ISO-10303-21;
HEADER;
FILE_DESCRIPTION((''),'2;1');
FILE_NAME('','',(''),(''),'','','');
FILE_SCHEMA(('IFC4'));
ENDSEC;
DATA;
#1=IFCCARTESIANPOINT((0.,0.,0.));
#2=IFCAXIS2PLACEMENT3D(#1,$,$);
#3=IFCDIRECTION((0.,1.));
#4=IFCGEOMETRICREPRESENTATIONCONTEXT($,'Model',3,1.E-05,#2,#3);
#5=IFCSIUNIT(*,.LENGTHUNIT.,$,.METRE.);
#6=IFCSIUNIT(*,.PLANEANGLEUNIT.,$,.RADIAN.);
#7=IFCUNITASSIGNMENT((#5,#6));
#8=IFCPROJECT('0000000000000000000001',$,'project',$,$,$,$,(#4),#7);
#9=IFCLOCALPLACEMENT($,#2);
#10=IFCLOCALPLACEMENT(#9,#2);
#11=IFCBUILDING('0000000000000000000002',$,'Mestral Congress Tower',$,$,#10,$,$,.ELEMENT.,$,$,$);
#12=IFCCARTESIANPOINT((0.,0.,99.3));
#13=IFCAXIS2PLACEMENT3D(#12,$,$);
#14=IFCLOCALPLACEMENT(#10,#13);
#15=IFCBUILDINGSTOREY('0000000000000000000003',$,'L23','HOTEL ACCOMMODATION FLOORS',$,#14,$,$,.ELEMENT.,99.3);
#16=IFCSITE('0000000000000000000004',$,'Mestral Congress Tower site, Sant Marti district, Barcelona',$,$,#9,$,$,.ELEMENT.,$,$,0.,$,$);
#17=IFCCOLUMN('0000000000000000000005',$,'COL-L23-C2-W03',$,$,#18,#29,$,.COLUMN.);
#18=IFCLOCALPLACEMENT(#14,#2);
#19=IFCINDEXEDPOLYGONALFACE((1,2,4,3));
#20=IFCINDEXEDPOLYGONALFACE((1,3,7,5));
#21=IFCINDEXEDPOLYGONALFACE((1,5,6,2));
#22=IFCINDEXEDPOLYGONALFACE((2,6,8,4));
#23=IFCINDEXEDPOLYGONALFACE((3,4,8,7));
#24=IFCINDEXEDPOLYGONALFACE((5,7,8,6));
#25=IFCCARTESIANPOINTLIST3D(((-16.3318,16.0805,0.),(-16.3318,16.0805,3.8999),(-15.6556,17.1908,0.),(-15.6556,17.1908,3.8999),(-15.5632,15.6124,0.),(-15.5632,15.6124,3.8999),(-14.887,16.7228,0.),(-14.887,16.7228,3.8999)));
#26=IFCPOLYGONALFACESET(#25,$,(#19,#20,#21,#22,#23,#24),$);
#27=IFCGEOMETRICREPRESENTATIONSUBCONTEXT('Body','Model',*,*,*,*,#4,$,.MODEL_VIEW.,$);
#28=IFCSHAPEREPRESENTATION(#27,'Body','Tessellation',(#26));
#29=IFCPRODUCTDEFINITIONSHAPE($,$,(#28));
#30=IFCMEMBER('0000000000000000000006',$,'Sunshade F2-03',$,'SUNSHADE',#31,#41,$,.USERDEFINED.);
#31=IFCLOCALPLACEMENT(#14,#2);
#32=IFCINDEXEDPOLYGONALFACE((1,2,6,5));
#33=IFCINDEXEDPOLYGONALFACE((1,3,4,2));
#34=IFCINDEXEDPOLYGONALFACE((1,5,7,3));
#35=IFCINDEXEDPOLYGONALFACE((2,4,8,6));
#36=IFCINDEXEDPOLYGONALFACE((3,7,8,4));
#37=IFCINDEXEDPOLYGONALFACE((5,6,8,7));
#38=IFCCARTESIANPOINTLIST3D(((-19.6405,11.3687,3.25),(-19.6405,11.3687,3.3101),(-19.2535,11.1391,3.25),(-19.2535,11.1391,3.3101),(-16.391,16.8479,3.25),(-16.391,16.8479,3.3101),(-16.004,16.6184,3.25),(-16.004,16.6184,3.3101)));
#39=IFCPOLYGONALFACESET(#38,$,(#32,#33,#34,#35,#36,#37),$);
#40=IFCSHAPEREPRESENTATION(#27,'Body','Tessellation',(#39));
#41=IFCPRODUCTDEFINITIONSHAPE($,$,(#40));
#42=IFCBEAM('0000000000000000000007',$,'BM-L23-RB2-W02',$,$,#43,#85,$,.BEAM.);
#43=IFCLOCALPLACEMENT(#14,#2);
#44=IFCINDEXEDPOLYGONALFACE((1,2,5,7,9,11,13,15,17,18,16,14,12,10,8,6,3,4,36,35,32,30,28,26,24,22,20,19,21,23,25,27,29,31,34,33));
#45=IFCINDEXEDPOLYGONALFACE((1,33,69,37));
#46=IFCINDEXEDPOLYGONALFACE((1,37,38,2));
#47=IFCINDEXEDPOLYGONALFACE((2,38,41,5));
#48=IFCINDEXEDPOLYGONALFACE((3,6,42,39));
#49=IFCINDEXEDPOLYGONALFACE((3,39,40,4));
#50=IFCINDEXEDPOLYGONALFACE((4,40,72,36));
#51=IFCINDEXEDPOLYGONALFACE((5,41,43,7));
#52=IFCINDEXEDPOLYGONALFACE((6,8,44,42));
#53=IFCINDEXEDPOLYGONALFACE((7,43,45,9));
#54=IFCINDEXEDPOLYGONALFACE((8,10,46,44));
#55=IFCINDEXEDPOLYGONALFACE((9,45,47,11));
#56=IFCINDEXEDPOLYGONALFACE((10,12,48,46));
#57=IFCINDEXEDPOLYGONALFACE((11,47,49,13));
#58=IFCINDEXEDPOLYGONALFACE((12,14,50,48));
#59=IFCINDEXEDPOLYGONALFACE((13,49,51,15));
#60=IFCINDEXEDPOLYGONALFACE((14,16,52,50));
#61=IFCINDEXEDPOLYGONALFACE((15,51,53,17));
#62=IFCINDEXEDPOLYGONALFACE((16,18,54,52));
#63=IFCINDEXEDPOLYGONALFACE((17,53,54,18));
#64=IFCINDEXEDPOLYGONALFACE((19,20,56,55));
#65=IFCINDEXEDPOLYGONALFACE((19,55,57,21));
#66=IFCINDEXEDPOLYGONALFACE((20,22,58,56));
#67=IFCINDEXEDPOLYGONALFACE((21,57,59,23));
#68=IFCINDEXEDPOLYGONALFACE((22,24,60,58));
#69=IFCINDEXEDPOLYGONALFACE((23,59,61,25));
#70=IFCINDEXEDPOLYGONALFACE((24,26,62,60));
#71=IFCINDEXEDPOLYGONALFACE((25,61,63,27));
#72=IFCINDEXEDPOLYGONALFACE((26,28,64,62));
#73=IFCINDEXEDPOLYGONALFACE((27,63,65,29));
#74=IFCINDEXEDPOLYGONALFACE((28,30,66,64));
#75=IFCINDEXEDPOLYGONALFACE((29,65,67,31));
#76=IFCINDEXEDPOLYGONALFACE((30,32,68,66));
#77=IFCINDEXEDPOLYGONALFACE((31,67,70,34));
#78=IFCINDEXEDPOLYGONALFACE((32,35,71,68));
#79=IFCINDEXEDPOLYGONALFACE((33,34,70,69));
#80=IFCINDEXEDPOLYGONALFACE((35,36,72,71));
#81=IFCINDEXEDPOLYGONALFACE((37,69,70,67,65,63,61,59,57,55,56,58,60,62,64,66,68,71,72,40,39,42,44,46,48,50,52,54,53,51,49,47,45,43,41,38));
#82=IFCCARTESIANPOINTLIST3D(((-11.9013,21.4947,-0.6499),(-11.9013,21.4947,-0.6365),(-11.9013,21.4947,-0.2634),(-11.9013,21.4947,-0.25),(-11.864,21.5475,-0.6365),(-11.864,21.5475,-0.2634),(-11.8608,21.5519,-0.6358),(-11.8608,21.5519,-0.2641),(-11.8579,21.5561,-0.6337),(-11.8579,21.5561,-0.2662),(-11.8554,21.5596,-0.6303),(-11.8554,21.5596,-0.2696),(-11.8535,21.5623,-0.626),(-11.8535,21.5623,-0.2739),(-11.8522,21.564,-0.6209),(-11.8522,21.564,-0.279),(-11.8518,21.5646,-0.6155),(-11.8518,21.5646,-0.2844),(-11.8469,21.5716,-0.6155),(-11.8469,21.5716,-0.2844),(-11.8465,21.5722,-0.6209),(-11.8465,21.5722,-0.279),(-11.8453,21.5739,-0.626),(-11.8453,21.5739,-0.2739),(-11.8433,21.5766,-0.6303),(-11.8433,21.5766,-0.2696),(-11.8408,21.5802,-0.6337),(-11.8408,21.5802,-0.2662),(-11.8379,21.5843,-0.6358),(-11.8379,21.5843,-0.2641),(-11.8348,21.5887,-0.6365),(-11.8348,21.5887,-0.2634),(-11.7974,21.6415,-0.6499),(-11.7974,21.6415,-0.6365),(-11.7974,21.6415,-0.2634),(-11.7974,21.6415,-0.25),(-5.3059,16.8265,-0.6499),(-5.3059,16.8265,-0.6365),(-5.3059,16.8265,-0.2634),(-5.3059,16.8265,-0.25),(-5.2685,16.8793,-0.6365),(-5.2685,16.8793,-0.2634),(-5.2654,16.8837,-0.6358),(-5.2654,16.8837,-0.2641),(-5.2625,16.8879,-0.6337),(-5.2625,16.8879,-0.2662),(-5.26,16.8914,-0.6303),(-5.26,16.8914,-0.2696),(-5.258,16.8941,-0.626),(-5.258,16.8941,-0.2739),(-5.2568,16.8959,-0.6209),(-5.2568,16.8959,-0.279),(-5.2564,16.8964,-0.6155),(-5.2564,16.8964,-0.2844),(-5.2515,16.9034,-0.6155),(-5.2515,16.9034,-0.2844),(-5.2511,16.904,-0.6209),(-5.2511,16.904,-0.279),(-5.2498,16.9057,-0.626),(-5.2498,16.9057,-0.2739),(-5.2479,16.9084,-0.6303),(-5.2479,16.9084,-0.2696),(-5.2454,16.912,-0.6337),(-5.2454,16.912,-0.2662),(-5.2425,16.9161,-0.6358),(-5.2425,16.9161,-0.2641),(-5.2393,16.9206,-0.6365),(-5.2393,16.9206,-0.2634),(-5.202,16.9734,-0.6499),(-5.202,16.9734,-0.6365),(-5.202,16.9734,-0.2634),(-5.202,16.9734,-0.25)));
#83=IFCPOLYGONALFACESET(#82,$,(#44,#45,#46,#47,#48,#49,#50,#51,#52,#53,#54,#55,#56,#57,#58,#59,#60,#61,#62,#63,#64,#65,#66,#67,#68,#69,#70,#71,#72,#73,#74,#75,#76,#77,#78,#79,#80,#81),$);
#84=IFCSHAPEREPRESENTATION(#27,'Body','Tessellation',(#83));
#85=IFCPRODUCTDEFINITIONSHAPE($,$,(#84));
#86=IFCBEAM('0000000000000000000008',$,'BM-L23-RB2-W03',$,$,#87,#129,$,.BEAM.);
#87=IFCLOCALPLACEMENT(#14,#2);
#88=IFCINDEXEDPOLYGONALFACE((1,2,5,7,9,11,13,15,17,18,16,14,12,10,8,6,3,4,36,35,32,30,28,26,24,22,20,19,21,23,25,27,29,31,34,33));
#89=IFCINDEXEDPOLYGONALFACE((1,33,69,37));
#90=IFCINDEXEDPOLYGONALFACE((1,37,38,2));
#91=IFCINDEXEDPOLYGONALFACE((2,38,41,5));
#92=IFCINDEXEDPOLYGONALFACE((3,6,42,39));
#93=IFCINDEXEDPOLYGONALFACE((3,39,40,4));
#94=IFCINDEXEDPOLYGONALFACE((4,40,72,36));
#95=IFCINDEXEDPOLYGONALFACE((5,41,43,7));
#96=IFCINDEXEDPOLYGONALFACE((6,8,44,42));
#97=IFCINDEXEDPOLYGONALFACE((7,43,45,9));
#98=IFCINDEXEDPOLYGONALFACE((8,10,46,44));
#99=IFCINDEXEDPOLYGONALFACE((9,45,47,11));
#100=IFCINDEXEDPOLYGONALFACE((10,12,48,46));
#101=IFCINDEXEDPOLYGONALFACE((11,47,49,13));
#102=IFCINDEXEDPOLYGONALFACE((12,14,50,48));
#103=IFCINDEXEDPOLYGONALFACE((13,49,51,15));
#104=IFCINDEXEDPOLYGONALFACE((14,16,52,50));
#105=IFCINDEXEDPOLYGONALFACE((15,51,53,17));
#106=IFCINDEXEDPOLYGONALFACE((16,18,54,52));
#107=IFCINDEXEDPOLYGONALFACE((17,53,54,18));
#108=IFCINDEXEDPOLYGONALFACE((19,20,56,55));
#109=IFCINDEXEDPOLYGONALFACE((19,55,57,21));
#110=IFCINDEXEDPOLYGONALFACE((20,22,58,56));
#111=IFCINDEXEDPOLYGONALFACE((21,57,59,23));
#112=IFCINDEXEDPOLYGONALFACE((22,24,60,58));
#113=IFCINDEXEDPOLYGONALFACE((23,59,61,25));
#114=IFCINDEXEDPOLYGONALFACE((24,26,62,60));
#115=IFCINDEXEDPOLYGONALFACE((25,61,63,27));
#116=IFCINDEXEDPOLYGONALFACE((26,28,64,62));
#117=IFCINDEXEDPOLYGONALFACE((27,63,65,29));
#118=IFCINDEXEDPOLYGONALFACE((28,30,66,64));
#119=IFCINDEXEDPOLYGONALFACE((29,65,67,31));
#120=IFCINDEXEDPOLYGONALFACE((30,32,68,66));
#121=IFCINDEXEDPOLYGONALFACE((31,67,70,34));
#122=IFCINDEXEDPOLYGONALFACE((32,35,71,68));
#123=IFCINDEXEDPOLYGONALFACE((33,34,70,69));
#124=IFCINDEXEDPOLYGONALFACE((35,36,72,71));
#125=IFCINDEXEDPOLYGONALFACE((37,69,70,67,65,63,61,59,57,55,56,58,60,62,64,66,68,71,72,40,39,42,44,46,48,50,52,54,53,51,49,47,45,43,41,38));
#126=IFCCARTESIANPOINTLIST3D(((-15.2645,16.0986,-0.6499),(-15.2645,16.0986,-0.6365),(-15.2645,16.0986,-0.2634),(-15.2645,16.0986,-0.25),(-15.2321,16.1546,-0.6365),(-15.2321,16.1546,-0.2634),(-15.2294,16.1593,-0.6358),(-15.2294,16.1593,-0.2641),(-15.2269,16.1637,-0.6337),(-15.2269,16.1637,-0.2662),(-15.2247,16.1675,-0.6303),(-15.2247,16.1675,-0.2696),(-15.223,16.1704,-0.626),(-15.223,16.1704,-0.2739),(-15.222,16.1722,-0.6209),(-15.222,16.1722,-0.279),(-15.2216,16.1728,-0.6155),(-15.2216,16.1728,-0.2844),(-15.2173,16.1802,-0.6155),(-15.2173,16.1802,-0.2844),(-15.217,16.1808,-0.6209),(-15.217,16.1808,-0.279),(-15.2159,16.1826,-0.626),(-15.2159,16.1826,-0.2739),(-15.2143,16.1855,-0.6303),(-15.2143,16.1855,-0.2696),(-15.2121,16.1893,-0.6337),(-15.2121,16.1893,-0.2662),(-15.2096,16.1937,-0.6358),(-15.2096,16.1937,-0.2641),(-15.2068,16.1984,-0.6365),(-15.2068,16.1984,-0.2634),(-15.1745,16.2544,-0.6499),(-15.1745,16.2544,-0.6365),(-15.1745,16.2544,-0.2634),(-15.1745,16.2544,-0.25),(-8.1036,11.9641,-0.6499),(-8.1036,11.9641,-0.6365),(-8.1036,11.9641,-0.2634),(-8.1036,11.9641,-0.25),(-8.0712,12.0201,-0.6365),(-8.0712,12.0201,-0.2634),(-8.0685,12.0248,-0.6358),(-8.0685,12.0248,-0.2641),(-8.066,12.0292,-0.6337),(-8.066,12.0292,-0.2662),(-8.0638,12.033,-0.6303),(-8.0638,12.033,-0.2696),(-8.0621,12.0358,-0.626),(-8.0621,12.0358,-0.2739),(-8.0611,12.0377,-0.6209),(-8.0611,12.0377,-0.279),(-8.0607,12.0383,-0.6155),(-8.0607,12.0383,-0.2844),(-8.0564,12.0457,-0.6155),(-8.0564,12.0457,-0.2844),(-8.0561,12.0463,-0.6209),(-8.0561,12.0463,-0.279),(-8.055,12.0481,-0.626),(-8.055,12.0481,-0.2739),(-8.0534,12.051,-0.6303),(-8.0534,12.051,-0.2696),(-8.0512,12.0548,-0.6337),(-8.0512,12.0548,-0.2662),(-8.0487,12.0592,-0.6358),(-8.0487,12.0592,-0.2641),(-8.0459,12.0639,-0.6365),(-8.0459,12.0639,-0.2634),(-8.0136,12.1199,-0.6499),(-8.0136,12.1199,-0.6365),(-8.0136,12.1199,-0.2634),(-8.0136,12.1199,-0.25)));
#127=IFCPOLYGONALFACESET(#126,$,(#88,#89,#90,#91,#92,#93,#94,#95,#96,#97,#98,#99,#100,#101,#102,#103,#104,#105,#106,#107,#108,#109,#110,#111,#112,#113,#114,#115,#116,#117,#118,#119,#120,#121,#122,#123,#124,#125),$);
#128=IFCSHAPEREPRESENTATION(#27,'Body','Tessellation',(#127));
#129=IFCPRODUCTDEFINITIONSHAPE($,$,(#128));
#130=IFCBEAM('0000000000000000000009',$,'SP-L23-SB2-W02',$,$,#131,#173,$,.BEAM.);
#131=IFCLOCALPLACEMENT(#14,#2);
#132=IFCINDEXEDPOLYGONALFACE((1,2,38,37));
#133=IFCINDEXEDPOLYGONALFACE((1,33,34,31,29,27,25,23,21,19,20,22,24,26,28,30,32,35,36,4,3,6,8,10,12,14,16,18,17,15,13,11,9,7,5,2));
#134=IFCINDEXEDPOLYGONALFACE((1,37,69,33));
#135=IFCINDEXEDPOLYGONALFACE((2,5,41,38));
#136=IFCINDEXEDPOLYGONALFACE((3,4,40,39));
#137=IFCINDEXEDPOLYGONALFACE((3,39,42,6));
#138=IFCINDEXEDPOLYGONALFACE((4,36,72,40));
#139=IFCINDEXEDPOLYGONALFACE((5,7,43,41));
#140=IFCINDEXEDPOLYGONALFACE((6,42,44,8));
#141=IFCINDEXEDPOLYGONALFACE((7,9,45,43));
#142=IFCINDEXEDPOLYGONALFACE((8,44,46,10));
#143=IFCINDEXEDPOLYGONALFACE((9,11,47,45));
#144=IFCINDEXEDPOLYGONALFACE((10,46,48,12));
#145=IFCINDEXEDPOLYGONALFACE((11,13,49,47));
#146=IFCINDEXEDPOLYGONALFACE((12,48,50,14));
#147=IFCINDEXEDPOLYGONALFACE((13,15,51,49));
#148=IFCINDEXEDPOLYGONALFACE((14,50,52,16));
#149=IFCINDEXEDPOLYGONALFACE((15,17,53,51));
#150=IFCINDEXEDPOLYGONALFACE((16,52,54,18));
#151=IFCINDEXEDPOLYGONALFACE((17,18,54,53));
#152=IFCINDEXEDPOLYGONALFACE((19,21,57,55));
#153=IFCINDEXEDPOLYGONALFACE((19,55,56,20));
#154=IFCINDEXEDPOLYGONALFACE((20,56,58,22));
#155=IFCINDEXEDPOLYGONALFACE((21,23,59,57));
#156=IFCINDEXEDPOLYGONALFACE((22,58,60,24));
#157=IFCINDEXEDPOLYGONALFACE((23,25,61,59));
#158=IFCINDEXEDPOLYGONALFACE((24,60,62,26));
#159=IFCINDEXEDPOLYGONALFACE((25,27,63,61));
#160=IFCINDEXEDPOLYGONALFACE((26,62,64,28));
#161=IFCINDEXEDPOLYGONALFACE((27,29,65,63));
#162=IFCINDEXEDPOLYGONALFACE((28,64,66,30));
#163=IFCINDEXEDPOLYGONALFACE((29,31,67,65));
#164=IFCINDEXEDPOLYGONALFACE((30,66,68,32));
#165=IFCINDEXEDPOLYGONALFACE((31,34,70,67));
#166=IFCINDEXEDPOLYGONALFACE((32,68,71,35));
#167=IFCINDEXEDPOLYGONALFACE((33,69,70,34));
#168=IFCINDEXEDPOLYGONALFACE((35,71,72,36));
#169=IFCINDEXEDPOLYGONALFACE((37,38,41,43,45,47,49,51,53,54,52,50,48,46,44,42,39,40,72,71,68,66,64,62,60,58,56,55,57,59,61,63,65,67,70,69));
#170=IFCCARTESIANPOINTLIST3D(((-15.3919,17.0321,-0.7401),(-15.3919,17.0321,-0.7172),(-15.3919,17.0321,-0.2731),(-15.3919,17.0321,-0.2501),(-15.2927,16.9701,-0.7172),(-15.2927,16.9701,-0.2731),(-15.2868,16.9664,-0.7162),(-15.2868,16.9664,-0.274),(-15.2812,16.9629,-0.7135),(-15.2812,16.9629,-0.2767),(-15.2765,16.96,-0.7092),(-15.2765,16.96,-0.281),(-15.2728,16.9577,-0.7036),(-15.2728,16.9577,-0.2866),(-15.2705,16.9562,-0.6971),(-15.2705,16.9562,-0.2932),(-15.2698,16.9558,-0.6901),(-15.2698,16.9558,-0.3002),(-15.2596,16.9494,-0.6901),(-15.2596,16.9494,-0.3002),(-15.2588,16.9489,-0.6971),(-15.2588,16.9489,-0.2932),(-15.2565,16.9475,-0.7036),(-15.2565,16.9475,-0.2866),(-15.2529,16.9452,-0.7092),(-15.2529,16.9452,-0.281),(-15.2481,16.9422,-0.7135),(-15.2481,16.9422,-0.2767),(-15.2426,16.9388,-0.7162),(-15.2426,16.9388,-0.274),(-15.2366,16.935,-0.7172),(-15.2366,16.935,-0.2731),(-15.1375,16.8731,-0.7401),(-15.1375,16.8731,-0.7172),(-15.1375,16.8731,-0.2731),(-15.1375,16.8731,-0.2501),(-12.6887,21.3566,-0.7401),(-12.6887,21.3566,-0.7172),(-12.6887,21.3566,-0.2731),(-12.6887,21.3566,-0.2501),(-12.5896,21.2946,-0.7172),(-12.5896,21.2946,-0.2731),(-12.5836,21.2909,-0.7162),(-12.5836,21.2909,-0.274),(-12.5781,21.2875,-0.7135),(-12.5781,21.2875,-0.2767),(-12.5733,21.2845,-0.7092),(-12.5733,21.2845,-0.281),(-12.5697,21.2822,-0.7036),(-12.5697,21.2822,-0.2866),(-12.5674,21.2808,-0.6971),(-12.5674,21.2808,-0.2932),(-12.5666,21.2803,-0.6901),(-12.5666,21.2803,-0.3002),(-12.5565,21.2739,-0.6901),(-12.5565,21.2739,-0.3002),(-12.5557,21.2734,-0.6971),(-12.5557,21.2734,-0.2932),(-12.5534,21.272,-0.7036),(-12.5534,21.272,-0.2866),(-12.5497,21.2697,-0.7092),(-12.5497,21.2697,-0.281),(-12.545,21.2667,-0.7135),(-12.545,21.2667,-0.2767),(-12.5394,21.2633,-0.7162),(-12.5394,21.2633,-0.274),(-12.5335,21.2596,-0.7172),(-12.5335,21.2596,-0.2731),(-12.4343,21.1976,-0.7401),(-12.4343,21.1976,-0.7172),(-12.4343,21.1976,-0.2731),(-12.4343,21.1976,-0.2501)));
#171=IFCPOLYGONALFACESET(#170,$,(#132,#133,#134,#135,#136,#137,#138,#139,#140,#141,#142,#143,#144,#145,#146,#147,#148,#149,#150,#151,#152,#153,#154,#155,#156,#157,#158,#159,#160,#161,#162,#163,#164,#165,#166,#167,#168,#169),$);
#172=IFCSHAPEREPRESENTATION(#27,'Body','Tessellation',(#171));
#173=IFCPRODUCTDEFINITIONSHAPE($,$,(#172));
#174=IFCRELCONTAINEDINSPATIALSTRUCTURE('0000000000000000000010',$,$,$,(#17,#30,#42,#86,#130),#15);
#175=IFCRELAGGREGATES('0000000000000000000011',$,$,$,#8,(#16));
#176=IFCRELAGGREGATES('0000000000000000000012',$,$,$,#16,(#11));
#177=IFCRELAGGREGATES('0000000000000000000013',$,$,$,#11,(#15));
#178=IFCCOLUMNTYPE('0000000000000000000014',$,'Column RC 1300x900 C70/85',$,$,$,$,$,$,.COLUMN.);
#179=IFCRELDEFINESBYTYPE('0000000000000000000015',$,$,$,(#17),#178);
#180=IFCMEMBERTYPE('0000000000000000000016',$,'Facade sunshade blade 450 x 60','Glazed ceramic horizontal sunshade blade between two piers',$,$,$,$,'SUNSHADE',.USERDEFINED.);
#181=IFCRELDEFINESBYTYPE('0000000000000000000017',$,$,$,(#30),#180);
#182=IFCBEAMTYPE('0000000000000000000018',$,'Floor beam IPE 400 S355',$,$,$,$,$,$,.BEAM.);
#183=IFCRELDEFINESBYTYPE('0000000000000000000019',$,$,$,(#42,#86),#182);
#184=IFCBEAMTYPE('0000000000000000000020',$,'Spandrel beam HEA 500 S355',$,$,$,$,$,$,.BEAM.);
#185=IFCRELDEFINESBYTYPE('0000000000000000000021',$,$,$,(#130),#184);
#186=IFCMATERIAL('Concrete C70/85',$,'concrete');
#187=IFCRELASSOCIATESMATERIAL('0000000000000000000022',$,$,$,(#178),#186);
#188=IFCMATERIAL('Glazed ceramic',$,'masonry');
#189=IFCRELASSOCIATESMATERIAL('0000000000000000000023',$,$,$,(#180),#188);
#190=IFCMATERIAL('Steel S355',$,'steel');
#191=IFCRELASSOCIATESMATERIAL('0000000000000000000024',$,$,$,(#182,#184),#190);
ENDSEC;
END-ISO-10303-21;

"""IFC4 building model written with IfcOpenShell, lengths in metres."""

from ifc_helpers import new_model, si_unit, direction, frame, origin, origin_2d, place, context, subcontext, project, spatial, rectangle, i_section, extrude, material, material_profile, profile_set, type_object, element, save


model = new_model("IFC4")

# Units and contexts
model_context = context("Model", 3, precision=1e-05, world=origin(), true_north=direction((0.0, 1.0)))
body_context = subcontext(model_context, "Body", "Model", "MODEL_VIEW")
ifc_project = project(units=[si_unit("LENGTHUNIT", "METRE"), si_unit("PLANEANGLEUNIT", "RADIAN")], contexts=[model_context])

# Site, building, storey
site_placement = place(None, origin())
site = spatial("IfcSite", under=ifc_project, at=site_placement, Name="Mestral Congress Tower site, Sant Marti district, Barcelona", CompositionType="ELEMENT", RefElevation=0.0)
building_placement = place(site_placement, origin())
building = spatial("IfcBuilding", under=site, at=building_placement, Name="Mestral Congress Tower", CompositionType="ELEMENT")
storey_placement = place(building_placement, frame((0.0, 0.0, 99.3)))
storey = spatial("IfcBuildingStorey", under=building, at=storey_placement, Name="L23", Description="HOTEL ACCOMMODATION FLOORS", CompositionType="ELEMENT", Elevation=99.3)

# Column
ifc_material_1 = material(Name="Concrete C70/85", Category="concrete")
ifc_material_profile_1 = material_profile(ifc_material_1, rectangle(XDim=1.3, YDim=0.8999, at=origin_2d()), Name="RC 1300x900")
ifc_profile_set_1 = profile_set([ifc_material_profile_1], Name="Concrete C70/85")
column_type = type_object("IfcColumnType", Name="Column RC 1300x900 C70/85", PredefinedType="COLUMN", material=ifc_profile_set_1)
column_placement = place(storey_placement, frame((-15.6094, 16.4016, 0.0), z_axis=(0.0, 0.0, 1.0), x_axis=(-0.520114, -0.854097, 0.0)))
element("IfcColumn", 1, at=column_placement, inside=storey, type_object=column_type, Name="COL-L23-C2-W03", PredefinedType="COLUMN", context=body_context, shape_type="SweptSolid", body=[
    extrude(rectangle(XDim=1.3, YDim=0.8999, at=origin_2d()), origin(), (0.0, 0.0, 1.0), 3.8999),
])

# Member
ifc_material_2 = material(Name="Glazed ceramic", Category="masonry")
ifc_material_profile_2 = material_profile(ifc_material_2, rectangle(XDim=0.45, YDim=0.0601, at=origin_2d()), Name="Ceramic blade 450 x 60")
ifc_profile_set_2 = profile_set([ifc_material_profile_2], Name="Glazed ceramic")
member_type = type_object("IfcMemberType", Name="Facade sunshade blade 450 x 60", Description="Glazed ceramic horizontal sunshade blade between two piers", ElementType="SUNSHADE", PredefinedType="USERDEFINED", material=ifc_profile_set_2)
member_placement = place(storey_placement, frame((-16.1975, 16.7332, 3.28), z_axis=(-0.510099, -0.860116, 0.0), x_axis=(0.860116, -0.510099, 0.0)))
element("IfcMember", 2, at=member_placement, inside=storey, type_object=member_type, Name="Sunshade F2-03", ObjectType="SUNSHADE", PredefinedType="USERDEFINED", context=body_context, shape_type="SweptSolid", body=[
    extrude(rectangle(XDim=0.45, YDim=0.0601, at=origin_2d()), origin(), (0.0, 0.0, 1.0), 6.3704),
])

# Beams
ifc_material_3 = material(Name="Steel S355", Category="steel")
ifc_material_profile_3 = material_profile(ifc_material_3, i_section(OverallWidth=0.1799, OverallDepth=0.3999, WebThickness=0.0085, FlangeThickness=0.0134, FilletRadius=0.021, at=origin_2d()), Name="IPE 400")
ifc_profile_set_3 = profile_set([ifc_material_profile_3], Name="Steel S355")
beam_type_1 = type_object("IfcBeamType", Name="Floor beam IPE 400 S355", PredefinedType="BEAM", material=ifc_profile_set_3)
beam_1_placement = place(storey_placement, frame((-11.8494, 21.5681, -0.45), z_axis=(0.816233, -0.577723, 0.0), x_axis=(0.577723, 0.816233, 0.0)))
element("IfcBeam", 3, at=beam_1_placement, inside=storey, type_object=beam_type_1, Name="BM-L23-RB2-W02", PredefinedType="BEAM", context=body_context, shape_type="SweptSolid", body=[
    extrude(i_section(OverallWidth=0.1799, OverallDepth=0.3999, WebThickness=0.0085, FlangeThickness=0.0134, FilletRadius=0.021, at=origin_2d()), origin(), (0.0, 0.0, 1.0), 8.0803),
])
beam_2_placement = place(storey_placement, frame((-15.2195, 16.1765, -0.45), z_axis=(0.866016, -0.500016, 0.0), x_axis=(0.500016, 0.866016, 0.0)))
element("IfcBeam", 4, at=beam_2_placement, inside=storey, type_object=beam_type_1, Name="BM-L23-RB2-W03", PredefinedType="BEAM", context=body_context, shape_type="SweptSolid", body=[
    extrude(i_section(OverallWidth=0.1799, OverallDepth=0.3999, WebThickness=0.0085, FlangeThickness=0.0134, FilletRadius=0.021, at=origin_2d()), origin(), (0.0, 0.0, 1.0), 8.2688),
])
ifc_material_profile_4 = material_profile(ifc_material_3, i_section(OverallWidth=0.3, OverallDepth=0.49, WebThickness=0.012, FlangeThickness=0.0229, FilletRadius=0.0271, at=origin_2d()), Name="HEA 500")
ifc_profile_set_4 = profile_set([ifc_material_profile_4], Name="Steel S355")
beam_type_2 = type_object("IfcBeamType", Name="Spandrel beam HEA 500 S355", PredefinedType="BEAM", material=ifc_profile_set_4)
for number, where, z_axis, x_axis, name in (
    (5, (-12.5615, 21.2771, -0.4951), (-0.530046, -0.847969, 0.0), (0.847969, -0.530046, 0.0), "SP-L23-SB2-W02"),
):
    element("IfcBeam", number, at=place(storey_placement, frame(where, z_axis=z_axis, x_axis=x_axis)), inside=storey, type_object=beam_type_2, Name=name, PredefinedType="BEAM", context=body_context, shape_type="SweptSolid", body=[
        extrude(i_section(OverallWidth=0.3, OverallDepth=0.49, WebThickness=0.012, FlangeThickness=0.0229, FilletRadius=0.0271, at=origin_2d()), origin(), (0.0, 0.0, 1.0), 5.0999),
    ])

save(model, "model.ifc")
